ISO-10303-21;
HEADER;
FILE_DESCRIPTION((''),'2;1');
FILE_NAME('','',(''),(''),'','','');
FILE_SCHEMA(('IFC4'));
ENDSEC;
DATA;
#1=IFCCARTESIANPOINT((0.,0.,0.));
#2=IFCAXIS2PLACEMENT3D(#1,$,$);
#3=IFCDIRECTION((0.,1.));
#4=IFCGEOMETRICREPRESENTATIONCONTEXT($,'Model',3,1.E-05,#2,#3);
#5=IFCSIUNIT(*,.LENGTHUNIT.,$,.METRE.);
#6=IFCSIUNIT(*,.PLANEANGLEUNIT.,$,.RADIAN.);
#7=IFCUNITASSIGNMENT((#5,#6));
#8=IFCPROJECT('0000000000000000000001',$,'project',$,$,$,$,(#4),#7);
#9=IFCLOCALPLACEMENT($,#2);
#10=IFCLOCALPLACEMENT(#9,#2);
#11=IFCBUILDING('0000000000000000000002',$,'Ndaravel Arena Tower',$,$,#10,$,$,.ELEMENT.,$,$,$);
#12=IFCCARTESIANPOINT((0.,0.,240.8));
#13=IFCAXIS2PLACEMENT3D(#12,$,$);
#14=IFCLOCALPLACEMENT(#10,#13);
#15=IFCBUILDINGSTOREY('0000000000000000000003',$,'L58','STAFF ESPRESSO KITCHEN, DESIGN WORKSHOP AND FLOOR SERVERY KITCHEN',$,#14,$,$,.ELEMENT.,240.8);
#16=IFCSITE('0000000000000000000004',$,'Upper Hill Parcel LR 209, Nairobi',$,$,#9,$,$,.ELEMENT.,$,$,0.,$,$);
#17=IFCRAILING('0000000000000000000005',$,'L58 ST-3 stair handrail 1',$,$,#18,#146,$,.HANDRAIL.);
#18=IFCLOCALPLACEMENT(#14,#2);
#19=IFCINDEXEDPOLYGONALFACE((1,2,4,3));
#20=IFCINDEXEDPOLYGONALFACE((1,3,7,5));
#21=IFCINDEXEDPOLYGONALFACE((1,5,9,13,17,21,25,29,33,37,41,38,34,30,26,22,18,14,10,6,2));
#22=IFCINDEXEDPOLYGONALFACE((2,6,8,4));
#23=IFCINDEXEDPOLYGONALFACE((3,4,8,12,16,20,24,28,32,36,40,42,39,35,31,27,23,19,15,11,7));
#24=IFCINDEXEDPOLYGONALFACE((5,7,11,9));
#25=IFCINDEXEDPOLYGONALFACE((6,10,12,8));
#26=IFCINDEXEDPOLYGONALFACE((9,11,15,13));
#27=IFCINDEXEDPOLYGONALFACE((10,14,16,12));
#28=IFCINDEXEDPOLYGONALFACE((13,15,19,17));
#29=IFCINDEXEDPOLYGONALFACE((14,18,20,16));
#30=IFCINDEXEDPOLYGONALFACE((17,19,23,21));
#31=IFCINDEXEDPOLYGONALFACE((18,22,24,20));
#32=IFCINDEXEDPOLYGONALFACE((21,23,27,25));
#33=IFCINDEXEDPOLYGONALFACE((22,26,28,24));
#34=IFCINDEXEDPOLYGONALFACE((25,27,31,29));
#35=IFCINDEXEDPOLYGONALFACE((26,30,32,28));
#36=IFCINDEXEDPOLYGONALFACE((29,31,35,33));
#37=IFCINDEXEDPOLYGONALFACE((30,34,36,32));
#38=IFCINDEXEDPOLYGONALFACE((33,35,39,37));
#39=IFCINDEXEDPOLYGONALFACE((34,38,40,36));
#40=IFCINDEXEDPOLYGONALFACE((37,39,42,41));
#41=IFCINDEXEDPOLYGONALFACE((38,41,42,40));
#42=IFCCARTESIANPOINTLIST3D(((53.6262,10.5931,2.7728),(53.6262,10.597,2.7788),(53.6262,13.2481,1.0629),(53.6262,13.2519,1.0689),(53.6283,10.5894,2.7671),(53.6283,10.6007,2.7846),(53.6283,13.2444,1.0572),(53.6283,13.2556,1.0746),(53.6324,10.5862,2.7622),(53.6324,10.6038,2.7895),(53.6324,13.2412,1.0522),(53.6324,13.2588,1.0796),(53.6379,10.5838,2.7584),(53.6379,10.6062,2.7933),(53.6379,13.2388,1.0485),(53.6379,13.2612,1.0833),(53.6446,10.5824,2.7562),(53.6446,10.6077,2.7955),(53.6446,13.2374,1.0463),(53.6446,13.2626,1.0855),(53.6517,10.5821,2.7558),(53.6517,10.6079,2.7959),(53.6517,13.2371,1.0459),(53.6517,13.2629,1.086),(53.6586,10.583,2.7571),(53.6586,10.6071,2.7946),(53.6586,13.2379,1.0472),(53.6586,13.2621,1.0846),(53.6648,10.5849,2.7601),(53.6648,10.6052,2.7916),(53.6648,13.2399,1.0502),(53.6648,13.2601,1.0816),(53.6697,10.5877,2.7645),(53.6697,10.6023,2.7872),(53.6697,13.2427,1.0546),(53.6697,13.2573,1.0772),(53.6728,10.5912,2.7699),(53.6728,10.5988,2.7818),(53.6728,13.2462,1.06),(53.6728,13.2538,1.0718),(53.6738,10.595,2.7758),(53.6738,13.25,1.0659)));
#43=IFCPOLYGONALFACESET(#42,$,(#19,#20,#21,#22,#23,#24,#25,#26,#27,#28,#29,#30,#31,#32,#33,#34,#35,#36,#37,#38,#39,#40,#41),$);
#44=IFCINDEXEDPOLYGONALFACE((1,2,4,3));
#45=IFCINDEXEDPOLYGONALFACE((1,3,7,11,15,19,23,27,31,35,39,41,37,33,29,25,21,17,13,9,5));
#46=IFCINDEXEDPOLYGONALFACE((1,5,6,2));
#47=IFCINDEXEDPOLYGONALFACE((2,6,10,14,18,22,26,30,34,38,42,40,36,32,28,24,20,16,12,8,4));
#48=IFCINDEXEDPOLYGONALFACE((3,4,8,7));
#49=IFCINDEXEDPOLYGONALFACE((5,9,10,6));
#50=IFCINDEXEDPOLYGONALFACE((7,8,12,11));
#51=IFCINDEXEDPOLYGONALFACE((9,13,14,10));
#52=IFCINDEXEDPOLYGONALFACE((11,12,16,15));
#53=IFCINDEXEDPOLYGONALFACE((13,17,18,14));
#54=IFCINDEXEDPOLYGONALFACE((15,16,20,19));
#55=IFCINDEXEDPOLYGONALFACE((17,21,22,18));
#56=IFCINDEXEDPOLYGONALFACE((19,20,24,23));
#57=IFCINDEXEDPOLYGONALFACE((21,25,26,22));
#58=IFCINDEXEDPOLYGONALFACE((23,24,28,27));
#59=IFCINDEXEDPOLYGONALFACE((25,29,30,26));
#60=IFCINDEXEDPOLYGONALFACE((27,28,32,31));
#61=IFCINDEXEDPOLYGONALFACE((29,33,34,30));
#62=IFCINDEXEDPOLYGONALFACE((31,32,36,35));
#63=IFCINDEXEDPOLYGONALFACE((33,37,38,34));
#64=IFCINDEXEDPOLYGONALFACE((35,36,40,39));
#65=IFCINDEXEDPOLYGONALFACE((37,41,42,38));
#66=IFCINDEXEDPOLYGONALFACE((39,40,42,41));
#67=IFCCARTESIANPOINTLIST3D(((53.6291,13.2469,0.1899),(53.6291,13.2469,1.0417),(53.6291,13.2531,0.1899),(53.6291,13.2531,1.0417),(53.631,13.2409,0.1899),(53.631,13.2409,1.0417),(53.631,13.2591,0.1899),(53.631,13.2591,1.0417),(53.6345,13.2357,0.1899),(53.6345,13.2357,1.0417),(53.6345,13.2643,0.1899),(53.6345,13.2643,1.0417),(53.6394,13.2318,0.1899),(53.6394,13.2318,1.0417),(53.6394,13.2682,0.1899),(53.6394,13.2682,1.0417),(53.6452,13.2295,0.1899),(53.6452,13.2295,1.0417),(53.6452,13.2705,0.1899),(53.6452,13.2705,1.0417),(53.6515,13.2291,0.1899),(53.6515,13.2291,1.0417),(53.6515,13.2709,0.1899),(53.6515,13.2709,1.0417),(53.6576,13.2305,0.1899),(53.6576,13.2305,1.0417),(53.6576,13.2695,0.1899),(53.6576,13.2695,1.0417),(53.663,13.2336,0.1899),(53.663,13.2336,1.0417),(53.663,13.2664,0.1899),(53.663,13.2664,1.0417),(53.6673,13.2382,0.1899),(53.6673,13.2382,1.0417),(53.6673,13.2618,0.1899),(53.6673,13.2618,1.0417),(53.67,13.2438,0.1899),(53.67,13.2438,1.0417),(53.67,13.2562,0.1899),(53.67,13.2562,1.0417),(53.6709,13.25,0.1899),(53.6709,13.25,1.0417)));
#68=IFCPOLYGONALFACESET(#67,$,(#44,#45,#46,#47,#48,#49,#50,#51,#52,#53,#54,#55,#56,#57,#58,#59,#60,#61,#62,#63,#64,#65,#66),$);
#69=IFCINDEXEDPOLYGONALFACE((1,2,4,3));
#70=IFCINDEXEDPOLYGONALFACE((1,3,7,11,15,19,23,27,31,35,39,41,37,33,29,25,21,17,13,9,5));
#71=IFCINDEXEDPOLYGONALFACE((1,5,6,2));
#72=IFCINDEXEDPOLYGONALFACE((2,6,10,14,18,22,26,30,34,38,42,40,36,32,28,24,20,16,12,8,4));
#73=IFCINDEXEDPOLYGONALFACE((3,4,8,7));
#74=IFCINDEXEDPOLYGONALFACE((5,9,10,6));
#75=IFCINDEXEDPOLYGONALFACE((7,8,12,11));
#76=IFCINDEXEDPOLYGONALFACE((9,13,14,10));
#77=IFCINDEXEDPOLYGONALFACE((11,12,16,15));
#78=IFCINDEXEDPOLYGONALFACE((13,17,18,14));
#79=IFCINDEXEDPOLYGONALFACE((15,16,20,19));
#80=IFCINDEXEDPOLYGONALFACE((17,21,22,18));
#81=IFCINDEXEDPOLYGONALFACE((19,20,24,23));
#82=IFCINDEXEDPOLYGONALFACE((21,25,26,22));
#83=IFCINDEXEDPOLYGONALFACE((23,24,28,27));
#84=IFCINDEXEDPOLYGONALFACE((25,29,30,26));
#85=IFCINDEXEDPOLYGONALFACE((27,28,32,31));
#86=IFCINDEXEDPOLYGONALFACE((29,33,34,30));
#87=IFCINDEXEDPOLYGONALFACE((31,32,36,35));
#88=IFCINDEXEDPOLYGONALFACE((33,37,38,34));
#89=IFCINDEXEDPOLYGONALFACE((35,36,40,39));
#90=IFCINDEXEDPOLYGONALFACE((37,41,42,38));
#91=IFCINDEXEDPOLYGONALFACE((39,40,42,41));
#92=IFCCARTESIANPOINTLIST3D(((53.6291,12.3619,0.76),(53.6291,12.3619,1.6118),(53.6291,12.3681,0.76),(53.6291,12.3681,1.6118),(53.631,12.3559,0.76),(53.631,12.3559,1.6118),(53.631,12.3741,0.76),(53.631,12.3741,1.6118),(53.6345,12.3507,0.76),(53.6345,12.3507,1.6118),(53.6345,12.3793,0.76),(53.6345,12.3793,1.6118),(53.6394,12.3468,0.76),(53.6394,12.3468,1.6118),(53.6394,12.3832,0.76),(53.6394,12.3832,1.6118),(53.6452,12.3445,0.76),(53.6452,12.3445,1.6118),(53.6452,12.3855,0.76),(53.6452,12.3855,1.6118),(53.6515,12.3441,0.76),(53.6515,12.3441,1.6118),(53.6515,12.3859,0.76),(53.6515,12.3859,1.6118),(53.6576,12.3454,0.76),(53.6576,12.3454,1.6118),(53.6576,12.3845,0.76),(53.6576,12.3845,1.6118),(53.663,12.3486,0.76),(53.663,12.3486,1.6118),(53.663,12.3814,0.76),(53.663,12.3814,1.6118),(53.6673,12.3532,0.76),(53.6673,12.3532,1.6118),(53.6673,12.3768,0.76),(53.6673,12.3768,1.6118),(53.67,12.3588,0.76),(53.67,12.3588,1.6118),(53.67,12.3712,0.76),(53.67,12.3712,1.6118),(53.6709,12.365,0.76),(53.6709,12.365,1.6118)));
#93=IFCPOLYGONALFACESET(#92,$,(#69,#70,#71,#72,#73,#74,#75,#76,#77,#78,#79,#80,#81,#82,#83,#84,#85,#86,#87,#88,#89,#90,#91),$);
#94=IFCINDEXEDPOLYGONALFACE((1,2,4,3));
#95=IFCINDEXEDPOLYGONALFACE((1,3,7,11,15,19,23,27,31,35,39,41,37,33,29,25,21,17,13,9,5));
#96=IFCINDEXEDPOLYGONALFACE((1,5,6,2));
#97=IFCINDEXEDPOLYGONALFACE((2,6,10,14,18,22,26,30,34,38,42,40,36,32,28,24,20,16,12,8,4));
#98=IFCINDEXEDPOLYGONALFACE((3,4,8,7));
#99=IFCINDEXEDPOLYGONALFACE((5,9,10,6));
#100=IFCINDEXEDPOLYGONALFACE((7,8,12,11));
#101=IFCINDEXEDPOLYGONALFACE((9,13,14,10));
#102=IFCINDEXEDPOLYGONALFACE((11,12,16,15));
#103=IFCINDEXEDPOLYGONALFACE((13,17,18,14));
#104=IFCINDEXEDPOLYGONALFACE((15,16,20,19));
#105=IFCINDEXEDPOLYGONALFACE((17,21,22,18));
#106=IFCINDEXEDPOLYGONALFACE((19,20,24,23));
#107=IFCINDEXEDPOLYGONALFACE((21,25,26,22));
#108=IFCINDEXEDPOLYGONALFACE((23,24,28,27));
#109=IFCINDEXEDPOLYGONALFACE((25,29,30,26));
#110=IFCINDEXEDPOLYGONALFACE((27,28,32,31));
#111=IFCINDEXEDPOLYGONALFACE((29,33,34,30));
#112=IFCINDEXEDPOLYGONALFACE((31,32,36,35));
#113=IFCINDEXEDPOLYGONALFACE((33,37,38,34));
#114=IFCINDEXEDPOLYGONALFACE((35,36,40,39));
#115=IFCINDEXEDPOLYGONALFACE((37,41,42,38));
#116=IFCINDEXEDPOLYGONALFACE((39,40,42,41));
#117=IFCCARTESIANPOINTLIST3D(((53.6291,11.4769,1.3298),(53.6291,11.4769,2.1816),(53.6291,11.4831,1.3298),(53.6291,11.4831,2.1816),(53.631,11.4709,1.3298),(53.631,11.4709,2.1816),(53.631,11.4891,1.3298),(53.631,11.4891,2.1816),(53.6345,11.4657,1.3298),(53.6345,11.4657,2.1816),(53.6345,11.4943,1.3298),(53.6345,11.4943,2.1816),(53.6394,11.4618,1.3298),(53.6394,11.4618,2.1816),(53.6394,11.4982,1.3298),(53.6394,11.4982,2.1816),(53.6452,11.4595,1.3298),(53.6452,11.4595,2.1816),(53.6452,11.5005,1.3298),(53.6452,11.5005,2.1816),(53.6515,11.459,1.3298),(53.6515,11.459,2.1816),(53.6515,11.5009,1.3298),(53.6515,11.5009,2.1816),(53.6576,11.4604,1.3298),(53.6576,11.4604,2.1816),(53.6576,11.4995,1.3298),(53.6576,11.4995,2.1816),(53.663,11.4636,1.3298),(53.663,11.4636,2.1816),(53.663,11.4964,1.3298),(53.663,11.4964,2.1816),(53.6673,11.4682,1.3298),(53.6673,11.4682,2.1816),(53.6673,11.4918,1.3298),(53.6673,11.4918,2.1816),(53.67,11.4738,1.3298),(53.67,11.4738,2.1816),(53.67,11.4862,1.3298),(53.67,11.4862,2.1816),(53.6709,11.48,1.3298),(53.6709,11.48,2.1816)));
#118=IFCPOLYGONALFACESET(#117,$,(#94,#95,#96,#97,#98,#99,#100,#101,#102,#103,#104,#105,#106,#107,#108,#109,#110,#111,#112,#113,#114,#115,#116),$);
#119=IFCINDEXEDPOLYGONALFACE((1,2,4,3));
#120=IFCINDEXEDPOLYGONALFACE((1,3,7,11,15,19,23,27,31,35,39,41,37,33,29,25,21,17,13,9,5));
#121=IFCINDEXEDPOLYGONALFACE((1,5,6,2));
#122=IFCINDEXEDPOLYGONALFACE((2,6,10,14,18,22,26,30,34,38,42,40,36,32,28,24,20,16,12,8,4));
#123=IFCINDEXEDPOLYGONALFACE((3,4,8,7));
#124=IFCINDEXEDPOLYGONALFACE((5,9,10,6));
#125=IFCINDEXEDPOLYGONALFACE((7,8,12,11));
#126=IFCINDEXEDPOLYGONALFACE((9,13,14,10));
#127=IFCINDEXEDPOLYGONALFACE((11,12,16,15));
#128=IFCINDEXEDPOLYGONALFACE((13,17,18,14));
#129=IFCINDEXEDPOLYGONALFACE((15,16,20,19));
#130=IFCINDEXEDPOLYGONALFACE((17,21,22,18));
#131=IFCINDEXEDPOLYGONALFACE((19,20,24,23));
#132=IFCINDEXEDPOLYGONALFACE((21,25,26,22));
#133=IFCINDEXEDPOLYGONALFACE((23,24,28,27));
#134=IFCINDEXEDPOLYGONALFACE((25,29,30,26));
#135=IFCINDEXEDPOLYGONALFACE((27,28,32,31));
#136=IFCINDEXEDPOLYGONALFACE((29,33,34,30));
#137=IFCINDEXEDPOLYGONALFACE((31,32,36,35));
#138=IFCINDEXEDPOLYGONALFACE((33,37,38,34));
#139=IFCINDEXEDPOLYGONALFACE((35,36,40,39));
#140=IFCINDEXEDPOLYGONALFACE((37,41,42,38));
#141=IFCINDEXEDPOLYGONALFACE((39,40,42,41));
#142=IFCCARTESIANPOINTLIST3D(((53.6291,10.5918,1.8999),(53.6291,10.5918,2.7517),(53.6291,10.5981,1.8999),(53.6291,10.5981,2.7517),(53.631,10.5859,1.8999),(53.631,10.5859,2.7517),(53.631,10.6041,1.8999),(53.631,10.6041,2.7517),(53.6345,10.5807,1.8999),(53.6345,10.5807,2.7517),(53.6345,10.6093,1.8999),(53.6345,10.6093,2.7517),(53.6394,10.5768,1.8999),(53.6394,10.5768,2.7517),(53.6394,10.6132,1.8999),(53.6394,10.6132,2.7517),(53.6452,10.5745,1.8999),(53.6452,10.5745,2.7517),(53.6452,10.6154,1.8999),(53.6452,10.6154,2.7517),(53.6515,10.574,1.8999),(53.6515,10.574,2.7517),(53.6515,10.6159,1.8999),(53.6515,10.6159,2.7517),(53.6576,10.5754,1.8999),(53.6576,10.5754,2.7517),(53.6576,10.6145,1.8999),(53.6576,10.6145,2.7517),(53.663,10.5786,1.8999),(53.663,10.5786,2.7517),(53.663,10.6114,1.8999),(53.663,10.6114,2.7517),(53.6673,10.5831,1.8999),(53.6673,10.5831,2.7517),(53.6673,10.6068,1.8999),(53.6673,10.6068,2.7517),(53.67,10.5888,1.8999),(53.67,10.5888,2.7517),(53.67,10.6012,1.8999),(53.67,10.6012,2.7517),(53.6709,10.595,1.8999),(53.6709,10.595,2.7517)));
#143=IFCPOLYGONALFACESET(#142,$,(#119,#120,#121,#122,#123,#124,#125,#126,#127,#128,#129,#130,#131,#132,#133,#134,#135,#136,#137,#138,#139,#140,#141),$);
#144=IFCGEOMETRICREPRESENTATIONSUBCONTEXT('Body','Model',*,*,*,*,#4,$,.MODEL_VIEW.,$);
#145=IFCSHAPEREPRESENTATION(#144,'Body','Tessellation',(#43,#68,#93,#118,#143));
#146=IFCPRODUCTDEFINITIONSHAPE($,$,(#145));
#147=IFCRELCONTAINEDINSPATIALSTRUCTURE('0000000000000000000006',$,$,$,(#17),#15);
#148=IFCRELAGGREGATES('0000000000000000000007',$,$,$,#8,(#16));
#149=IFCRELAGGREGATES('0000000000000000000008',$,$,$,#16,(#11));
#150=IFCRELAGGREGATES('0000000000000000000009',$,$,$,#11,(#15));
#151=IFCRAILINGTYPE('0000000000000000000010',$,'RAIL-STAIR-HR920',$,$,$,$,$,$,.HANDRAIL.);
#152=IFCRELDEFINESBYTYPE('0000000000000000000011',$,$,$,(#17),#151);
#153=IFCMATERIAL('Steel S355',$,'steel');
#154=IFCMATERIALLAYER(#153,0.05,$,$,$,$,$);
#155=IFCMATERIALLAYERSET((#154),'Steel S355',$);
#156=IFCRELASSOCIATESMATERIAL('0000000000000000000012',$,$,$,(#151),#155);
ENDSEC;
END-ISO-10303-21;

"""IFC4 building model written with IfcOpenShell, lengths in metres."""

from ifc_helpers import new_model, si_unit, direction, frame, origin, origin_2d, place, context, subcontext, project, spatial, circle, extrude, material, layer, layer_set, type_object, element, save


model = new_model("IFC4")

# Units and contexts
model_context = context("Model", 3, precision=1e-05, world=origin(), true_north=direction((0.0, 1.0)))
body_context = subcontext(model_context, "Body", "Model", "MODEL_VIEW")
ifc_project = project(units=[si_unit("LENGTHUNIT", "METRE"), si_unit("PLANEANGLEUNIT", "RADIAN")], contexts=[model_context])

# Site, building, storey
site_placement = place(None, origin())
site = spatial("IfcSite", under=ifc_project, at=site_placement, Name="Upper Hill Parcel LR 209, Nairobi", CompositionType="ELEMENT", RefElevation=0.0)
building_placement = place(site_placement, origin())
building = spatial("IfcBuilding", under=site, at=building_placement, Name="Ndaravel Arena Tower", CompositionType="ELEMENT")
storey_placement = place(building_placement, frame((0.0, 0.0, 240.8)))
storey = spatial("IfcBuildingStorey", under=building, at=storey_placement, Name="L58", Description="STAFF ESPRESSO KITCHEN, DESIGN WORKSHOP AND FLOOR SERVERY KITCHEN", CompositionType="ELEMENT", Elevation=240.8)

# Railing
ifc_material_1 = material(Name="Steel S355", Category="steel")
ifc_layer_1 = layer(ifc_material_1, 0.05)
ifc_layer_set_1 = layer_set([ifc_layer_1], Name="Steel S355")
railing_type_1 = type_object("IfcRailingType", Name="RAIL-STAIR-HR920", PredefinedType="HANDRAIL", material=ifc_layer_set_1)
railing_1_placement = place(storey_placement, frame((53.6499, 13.25, 0.1899)))
element("IfcRailing", 1, at=railing_1_placement, inside=storey, type_object=railing_type_1, Name="L58 ST-3 stair handrail 1", PredefinedType="HANDRAIL", context=body_context, shape_type="SweptSolid", body=[
    extrude(circle(Radius=0.0239, at=origin_2d()), frame((0.0, 0.0, 0.876), z_axis=(0.0, -0.840724, 0.541465), x_axis=(1.0, 0.0, 0.0)), (0.0, 0.0, 1.0), 3.158),
    extrude(circle(Radius=0.021, at=origin_2d()), origin(), (0.0, 0.0, 1.0), 0.8518),
    extrude(circle(Radius=0.021, at=origin_2d()), frame((0.0, -0.885, 0.5701)), (0.0, 0.0, 1.0), 0.8518),
    extrude(circle(Radius=0.021, at=origin_2d()), frame((0.0, -1.77, 1.1399)), (0.0, 0.0, 1.0), 0.8518),
    extrude(circle(Radius=0.021, at=origin_2d()), frame((0.0, -2.655, 1.71)), (0.0, 0.0, 1.0), 0.8518),
])

save(model, "model.ifc")
